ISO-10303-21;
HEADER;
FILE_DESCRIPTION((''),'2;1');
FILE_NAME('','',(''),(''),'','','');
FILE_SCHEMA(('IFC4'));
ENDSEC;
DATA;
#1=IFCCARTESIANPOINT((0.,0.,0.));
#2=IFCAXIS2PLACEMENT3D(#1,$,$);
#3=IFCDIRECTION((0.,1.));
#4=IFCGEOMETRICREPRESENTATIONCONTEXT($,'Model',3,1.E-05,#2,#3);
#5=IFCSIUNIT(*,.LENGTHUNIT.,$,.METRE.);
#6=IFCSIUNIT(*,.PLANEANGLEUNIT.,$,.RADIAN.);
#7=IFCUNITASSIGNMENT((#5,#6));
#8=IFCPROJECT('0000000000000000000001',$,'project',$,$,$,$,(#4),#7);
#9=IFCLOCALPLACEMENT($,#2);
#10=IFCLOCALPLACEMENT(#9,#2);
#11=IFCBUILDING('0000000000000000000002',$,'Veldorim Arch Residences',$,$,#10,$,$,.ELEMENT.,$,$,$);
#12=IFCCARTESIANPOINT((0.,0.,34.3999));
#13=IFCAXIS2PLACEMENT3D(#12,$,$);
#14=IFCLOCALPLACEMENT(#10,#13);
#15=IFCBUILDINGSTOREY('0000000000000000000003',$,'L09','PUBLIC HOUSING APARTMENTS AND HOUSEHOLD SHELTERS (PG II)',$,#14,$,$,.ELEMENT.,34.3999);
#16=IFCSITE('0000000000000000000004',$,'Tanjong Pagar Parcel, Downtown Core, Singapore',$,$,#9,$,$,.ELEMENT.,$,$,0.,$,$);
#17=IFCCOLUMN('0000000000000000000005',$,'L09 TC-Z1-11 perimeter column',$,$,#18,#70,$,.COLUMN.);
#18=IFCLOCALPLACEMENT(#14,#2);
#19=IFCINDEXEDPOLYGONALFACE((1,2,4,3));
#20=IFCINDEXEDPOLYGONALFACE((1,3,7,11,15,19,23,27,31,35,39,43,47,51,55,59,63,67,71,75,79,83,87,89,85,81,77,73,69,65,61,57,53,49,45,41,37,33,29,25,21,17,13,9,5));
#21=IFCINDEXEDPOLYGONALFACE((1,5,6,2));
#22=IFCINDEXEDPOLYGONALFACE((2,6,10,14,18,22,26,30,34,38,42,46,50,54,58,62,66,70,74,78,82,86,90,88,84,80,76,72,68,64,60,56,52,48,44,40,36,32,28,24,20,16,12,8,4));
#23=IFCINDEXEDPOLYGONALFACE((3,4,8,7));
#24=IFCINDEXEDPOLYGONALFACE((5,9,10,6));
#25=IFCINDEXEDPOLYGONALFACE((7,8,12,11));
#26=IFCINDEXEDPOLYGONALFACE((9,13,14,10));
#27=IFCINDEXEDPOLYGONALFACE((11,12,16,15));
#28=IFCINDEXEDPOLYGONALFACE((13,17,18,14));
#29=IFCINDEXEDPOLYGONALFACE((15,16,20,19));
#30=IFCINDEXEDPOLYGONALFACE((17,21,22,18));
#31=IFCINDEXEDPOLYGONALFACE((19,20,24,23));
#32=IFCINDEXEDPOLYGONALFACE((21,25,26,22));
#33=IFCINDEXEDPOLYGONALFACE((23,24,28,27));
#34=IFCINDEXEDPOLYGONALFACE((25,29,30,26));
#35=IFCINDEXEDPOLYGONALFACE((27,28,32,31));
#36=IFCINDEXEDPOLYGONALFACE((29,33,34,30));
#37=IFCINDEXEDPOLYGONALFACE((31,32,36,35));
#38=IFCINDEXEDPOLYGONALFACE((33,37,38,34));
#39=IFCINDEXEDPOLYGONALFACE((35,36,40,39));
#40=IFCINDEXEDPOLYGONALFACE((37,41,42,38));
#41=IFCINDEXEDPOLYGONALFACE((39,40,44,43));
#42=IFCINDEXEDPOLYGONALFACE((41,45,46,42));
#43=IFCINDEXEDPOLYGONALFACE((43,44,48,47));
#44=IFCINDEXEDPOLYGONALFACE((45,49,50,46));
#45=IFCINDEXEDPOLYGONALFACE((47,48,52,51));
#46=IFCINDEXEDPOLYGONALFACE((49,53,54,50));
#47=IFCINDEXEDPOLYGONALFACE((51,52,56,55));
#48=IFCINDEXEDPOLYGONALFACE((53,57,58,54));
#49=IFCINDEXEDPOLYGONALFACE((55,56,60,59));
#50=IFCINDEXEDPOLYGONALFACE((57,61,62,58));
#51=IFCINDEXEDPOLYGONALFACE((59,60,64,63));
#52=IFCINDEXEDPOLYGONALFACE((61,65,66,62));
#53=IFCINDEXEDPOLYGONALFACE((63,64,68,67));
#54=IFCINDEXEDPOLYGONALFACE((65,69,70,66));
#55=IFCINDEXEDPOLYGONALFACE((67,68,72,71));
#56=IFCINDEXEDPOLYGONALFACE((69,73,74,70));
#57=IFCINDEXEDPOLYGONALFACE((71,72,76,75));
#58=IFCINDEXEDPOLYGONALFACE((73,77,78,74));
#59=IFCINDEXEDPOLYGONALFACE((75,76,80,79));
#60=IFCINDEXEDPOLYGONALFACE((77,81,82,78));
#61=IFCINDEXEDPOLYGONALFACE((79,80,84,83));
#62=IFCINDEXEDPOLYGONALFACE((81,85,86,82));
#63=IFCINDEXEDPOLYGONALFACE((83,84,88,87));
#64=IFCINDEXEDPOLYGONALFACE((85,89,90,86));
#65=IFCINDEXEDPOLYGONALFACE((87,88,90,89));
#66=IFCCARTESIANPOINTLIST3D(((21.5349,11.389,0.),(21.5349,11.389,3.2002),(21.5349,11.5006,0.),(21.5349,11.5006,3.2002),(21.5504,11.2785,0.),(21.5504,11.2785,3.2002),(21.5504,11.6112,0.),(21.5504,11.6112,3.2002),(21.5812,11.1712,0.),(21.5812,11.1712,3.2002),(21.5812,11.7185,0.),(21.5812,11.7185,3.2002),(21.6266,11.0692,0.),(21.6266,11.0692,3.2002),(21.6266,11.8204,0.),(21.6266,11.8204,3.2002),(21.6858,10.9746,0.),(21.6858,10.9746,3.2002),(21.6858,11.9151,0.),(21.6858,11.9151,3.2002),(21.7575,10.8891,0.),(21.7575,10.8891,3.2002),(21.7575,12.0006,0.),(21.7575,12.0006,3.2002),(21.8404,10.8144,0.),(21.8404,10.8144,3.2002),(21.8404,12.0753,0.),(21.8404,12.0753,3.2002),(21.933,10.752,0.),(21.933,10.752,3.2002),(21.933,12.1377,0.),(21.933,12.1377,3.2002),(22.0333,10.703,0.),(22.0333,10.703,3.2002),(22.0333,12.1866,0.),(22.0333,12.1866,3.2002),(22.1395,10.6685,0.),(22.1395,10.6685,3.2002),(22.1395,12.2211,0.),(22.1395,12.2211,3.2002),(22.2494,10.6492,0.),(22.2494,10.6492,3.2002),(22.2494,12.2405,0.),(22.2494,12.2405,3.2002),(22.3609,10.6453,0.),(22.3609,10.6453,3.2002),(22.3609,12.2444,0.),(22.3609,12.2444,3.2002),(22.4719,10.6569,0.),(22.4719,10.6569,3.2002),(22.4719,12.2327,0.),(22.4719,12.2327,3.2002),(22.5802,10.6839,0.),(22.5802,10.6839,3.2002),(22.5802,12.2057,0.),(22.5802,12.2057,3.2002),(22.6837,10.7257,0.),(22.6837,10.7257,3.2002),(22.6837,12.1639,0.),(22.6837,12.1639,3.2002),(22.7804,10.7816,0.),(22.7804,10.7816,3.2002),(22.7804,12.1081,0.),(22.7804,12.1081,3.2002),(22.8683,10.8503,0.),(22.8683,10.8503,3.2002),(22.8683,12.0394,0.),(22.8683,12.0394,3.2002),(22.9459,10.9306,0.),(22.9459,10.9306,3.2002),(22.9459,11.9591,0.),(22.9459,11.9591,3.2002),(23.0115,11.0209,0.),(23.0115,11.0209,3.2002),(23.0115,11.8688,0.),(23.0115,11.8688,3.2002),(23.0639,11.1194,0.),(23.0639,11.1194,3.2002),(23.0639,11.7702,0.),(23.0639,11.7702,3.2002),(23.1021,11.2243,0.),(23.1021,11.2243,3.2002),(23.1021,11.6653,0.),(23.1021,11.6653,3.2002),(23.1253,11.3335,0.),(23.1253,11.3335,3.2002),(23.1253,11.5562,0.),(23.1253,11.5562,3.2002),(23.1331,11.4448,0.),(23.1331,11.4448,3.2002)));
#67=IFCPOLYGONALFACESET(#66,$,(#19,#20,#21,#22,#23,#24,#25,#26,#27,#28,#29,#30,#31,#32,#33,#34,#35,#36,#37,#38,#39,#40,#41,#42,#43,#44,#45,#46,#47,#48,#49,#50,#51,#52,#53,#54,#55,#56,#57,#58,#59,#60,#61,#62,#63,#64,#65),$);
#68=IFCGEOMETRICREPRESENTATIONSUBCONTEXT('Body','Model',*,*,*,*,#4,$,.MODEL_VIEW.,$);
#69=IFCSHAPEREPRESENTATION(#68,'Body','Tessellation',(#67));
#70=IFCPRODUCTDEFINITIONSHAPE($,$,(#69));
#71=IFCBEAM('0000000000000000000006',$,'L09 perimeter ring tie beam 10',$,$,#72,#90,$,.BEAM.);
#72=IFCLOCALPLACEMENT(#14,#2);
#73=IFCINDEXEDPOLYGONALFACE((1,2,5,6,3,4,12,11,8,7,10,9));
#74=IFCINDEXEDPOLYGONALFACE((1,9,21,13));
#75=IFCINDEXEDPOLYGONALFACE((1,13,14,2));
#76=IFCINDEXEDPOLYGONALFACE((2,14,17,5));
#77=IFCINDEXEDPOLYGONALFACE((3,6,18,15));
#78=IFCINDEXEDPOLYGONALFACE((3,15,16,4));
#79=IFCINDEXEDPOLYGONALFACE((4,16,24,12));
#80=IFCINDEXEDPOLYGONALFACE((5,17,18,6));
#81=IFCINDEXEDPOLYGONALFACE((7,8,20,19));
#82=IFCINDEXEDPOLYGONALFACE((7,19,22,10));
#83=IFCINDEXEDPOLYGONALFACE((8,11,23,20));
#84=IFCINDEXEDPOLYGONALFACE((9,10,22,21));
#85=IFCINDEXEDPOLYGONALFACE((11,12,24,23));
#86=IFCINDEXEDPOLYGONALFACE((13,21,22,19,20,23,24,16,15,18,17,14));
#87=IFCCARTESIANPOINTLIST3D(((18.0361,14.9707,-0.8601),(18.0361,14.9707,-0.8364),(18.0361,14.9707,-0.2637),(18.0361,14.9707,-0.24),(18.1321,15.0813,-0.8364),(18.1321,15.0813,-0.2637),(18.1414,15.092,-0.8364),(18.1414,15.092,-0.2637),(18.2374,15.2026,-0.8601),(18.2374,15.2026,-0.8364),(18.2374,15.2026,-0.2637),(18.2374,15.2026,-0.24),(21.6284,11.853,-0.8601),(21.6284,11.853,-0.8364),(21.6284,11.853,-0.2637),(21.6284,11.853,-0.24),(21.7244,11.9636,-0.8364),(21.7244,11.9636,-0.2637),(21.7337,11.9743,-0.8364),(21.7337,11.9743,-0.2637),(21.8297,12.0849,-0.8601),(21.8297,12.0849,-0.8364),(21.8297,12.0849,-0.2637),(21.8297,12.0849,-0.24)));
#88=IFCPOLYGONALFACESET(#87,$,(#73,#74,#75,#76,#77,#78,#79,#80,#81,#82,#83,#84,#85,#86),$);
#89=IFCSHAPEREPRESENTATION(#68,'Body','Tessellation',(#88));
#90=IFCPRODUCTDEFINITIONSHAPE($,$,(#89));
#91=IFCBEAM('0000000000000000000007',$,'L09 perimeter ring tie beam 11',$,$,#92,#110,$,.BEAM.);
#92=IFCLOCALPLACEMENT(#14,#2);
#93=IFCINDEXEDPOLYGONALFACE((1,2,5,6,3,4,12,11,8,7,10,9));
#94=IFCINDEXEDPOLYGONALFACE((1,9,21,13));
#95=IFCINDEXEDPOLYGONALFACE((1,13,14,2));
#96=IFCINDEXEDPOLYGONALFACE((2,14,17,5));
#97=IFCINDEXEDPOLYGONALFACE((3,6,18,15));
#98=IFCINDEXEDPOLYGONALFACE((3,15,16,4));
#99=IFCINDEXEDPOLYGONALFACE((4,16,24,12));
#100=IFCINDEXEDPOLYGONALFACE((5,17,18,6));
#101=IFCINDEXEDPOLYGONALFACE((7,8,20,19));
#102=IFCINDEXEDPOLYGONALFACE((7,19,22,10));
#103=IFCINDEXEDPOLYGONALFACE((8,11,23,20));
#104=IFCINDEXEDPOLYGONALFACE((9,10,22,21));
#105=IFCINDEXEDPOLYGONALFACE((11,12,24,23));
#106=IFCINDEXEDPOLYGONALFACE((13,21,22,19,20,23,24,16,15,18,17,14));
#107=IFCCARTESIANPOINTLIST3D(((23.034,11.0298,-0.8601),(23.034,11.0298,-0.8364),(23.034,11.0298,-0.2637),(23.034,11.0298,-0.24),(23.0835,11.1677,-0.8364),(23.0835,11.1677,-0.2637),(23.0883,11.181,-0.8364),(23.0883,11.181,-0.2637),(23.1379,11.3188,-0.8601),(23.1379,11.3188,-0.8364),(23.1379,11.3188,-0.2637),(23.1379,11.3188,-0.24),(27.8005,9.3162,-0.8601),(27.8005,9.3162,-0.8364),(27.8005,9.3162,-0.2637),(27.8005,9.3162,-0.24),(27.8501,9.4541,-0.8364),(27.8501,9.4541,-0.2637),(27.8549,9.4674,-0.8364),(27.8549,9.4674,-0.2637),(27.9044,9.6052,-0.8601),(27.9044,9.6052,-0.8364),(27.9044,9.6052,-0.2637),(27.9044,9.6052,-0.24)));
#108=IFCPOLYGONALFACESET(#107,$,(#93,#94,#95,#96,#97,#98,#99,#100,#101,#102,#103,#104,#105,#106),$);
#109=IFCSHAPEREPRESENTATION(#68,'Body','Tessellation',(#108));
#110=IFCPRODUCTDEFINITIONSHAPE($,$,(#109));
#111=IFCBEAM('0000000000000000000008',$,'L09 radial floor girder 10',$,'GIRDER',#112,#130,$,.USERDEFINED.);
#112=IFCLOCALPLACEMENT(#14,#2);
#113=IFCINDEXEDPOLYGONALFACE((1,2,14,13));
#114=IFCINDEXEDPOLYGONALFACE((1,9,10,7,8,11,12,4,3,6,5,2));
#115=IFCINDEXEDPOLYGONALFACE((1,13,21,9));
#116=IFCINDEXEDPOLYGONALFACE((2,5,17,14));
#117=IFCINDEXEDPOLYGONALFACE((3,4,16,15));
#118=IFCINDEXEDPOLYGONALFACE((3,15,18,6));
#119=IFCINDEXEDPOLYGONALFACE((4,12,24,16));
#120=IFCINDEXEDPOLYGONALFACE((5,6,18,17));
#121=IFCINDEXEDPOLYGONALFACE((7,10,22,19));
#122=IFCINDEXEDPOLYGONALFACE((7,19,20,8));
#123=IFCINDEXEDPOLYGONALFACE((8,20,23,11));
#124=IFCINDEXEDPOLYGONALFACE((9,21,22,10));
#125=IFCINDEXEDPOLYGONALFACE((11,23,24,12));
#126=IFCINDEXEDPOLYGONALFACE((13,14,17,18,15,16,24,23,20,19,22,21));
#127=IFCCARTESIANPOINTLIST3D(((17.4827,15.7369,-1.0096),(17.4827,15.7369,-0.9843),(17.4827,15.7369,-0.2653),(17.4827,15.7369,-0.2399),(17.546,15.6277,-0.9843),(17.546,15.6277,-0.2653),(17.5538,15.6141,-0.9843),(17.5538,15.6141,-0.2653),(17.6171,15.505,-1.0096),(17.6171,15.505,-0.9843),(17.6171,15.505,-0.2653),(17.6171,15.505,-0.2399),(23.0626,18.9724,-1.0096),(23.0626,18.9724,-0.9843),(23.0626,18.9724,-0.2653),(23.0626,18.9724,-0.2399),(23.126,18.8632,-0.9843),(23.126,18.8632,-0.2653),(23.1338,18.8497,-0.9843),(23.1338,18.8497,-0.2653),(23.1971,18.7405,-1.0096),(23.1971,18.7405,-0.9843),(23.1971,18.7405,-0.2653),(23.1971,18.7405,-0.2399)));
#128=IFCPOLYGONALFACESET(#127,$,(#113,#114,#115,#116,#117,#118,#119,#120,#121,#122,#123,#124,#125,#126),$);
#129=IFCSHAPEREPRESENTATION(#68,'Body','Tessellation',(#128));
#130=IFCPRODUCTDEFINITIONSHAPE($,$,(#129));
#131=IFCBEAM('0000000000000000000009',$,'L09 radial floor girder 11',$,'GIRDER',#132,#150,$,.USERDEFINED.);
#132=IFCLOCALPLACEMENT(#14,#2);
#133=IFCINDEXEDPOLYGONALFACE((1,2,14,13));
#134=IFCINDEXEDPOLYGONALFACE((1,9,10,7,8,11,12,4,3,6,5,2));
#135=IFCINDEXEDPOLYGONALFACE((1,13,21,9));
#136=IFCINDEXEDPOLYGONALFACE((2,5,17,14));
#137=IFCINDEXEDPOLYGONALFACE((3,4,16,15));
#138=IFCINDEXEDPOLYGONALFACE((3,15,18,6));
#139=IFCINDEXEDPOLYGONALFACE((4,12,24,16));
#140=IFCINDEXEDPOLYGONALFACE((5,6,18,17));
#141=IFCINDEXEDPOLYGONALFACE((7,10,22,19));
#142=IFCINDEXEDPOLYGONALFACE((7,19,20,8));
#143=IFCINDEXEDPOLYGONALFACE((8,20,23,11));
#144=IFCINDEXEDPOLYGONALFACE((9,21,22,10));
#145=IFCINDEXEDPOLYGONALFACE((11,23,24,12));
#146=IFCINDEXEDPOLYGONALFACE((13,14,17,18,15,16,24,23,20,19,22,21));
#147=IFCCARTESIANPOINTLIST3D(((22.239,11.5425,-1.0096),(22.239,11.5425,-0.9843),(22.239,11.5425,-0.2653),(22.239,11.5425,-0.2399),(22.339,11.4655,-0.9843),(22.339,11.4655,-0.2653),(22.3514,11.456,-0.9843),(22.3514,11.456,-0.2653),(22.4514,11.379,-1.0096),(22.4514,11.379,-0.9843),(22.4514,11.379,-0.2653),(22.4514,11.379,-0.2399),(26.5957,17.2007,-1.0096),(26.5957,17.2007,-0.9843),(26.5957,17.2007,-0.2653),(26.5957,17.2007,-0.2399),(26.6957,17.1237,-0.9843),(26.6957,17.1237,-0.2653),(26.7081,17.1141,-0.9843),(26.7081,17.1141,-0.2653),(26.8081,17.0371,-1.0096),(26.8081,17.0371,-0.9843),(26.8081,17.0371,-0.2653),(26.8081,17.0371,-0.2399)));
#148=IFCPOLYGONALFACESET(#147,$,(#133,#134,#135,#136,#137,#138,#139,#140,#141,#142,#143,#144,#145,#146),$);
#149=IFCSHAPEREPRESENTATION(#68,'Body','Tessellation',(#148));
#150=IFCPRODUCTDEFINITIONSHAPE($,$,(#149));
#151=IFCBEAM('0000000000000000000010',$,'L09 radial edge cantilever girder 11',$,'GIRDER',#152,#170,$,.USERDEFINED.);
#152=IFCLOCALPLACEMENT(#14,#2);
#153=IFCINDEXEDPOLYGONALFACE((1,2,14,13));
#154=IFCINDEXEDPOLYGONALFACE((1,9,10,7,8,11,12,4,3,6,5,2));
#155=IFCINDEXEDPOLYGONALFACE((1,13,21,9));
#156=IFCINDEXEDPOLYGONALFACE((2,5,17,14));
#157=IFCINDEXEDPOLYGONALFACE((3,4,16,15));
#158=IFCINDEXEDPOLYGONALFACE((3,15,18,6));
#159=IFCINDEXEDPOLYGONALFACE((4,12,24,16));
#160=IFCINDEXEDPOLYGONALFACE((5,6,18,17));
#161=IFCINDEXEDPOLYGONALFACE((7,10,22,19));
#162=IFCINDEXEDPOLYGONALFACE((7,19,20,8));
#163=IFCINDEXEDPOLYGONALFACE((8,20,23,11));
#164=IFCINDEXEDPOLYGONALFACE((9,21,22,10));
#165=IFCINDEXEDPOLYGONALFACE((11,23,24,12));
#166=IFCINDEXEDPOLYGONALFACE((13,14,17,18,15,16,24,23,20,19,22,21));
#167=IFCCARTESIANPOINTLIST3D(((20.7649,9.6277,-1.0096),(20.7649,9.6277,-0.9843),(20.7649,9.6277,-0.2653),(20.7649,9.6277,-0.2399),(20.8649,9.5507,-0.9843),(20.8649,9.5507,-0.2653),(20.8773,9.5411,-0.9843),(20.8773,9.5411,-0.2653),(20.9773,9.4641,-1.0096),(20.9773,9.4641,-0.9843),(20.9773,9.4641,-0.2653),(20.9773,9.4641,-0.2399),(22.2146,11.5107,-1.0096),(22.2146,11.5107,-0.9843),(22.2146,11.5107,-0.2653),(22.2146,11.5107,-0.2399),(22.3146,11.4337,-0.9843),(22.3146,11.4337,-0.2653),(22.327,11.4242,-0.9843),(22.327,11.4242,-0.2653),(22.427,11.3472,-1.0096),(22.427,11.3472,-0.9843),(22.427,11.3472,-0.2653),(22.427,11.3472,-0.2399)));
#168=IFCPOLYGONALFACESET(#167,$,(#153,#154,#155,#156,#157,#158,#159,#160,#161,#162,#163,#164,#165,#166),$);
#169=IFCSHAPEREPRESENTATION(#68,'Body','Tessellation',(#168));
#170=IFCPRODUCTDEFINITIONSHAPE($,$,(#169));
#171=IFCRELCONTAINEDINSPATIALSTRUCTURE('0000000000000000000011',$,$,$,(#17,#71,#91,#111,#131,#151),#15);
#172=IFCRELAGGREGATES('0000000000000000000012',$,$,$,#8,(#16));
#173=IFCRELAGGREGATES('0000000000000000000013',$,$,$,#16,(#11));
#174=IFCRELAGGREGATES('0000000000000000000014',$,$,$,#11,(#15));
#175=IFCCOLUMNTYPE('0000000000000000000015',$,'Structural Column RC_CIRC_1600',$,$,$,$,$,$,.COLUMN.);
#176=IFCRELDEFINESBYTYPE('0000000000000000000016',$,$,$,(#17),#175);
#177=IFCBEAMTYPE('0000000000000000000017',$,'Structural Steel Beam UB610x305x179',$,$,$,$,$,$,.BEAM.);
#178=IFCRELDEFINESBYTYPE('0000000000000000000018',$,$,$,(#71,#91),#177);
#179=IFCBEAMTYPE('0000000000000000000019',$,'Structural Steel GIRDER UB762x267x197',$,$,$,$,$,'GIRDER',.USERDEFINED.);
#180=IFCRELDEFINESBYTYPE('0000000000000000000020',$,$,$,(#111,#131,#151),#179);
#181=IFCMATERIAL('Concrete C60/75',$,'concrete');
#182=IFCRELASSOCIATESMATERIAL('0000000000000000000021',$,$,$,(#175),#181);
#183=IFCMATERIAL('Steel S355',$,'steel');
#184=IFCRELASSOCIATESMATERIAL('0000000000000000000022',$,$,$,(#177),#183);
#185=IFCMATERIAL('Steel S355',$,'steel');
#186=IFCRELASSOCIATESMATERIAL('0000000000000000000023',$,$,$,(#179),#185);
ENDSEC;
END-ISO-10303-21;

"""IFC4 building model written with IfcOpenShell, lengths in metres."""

from ifc_helpers import new_model, si_unit, direction, frame, origin, origin_2d, place, context, subcontext, project, spatial, circle, i_section, extrude, material, material_profile, profile_set, type_object, element, save


model = new_model("IFC4")

# Units and contexts
model_context = context("Model", 3, precision=1e-05, world=origin(), true_north=direction((0.0, 1.0)))
body_context = subcontext(model_context, "Body", "Model", "MODEL_VIEW")
ifc_project = project(units=[si_unit("LENGTHUNIT", "METRE"), si_unit("PLANEANGLEUNIT", "RADIAN")], contexts=[model_context])

# Site, building, storey
site_placement = place(None, origin())
site = spatial("IfcSite", under=ifc_project, at=site_placement, Name="Tanjong Pagar Parcel, Downtown Core, Singapore", CompositionType="ELEMENT", RefElevation=0.0)
building_placement = place(site_placement, origin())
building = spatial("IfcBuilding", under=site, at=building_placement, Name="Veldorim Arch Residences", CompositionType="ELEMENT")
storey_placement = place(building_placement, frame((0.0, 0.0, 34.3999)))
storey = spatial("IfcBuildingStorey", under=building, at=storey_placement, Name="L09", Description="PUBLIC HOUSING APARTMENTS AND HOUSEHOLD SHELTERS (PG II)", CompositionType="ELEMENT", Elevation=34.3999)

# Column
ifc_material_1 = material(Name="Concrete C60/75", Category="concrete")
ifc_material_profile_1 = material_profile(ifc_material_1, circle(Radius=0.8, at=origin_2d()), Name="RC_CIRC_1600")
ifc_profile_set_1 = profile_set([ifc_material_profile_1], Name="Concrete C60/75")
column_type = type_object("IfcColumnType", Name="Structural Column RC_CIRC_1600", PredefinedType="COLUMN", material=ifc_profile_set_1)
column_placement = place(storey_placement, frame((22.333, 11.4448, 0.0), z_axis=(0.0, 0.0, 1.0), x_axis=(1.0, 0.0, 0.0)))
element("IfcColumn", 1, at=column_placement, inside=storey, type_object=column_type, Name="L09 TC-Z1-11 perimeter column", PredefinedType="COLUMN", context=body_context, shape_type="SweptSolid", body=[
    extrude(circle(Radius=0.8, at=origin_2d()), origin(), (0.0, 0.0, 1.0), 3.2002),
])

# Beams
ifc_material_2 = material(Name="Steel S355", Category="steel")
ifc_material_profile_2 = material_profile(ifc_material_2, i_section(OverallWidth=0.3071, OverallDepth=0.6201, WebThickness=0.0142, FlangeThickness=0.0237, at=origin_2d()), Name="UB610x305x179")
ifc_profile_set_2 = profile_set([ifc_material_profile_2], Name="Steel S355")
beam_type_1 = type_object("IfcBeamType", Name="Structural Steel Beam UB610x305x179", PredefinedType="BEAM", material=ifc_profile_set_2)
beam_1_placement = place(storey_placement, frame((18.1367, 15.0867, -0.55), z_axis=(0.755235, -0.655454, 0.0), x_axis=(0.655454, 0.755235, 0.0)))
element("IfcBeam", 2, at=beam_1_placement, inside=storey, type_object=beam_type_1, Name="L09 perimeter ring tie beam 10", PredefinedType="BEAM", context=body_context, shape_type="SweptSolid", body=[
    extrude(i_section(OverallWidth=0.3071, OverallDepth=0.6201, WebThickness=0.0142, FlangeThickness=0.0237, at=origin_2d()), origin(), (0.0, 0.0, 1.0), 4.7566),
])
beam_2_placement = place(storey_placement, frame((23.0859, 11.1743, -0.55), z_axis=(0.941035, -0.338308, 0.0), x_axis=(0.338308, 0.941035, 0.0)))
element("IfcBeam", 3, at=beam_2_placement, inside=storey, type_object=beam_type_1, Name="L09 perimeter ring tie beam 11", PredefinedType="BEAM", context=body_context, shape_type="SweptSolid", body=[
    extrude(i_section(OverallWidth=0.3071, OverallDepth=0.6201, WebThickness=0.0142, FlangeThickness=0.0237, at=origin_2d()), origin(), (0.0, 0.0, 1.0), 5.0652),
])
ifc_material_3 = material(Name="Steel S355", Category="steel")
ifc_material_profile_3 = material_profile(ifc_material_3, i_section(OverallWidth=0.2681, OverallDepth=0.7698, WebThickness=0.0156, FlangeThickness=0.0254, at=origin_2d()), Name="UB762x267x197")
ifc_profile_set_3 = profile_set([ifc_material_profile_3], Name="Steel S355")
beam_type_2 = type_object("IfcBeamType", Name="Structural Steel GIRDER UB762x267x197", ElementType="GIRDER", PredefinedType="USERDEFINED", material=ifc_profile_set_3)
beam_3_placement = place(storey_placement, frame((23.1299, 18.8564, -0.6248), z_axis=(-0.865088, -0.50162, 0.0), x_axis=(0.50162, -0.865088, 0.0)))
element("IfcBeam", 4, at=beam_3_placement, inside=storey, type_object=beam_type_2, Name="L09 radial floor girder 10", ObjectType="GIRDER", PredefinedType="USERDEFINED", context=body_context, shape_type="SweptSolid", body=[
    extrude(i_section(OverallWidth=0.2681, OverallDepth=0.7698, WebThickness=0.0156, FlangeThickness=0.0254, at=origin_2d()), origin(), (0.0, 0.0, 1.0), 6.4502),
])
beam_4_placement = place(storey_placement, frame((26.7019, 17.1189, -0.6248), z_axis=(-0.610082, -0.792338, 0.0), x_axis=(0.792338, -0.610082, 0.0)))
element("IfcBeam", 5, at=beam_4_placement, inside=storey, type_object=beam_type_2, Name="L09 radial floor girder 11", ObjectType="GIRDER", PredefinedType="USERDEFINED", context=body_context, shape_type="SweptSolid", body=[
    extrude(i_section(OverallWidth=0.2681, OverallDepth=0.7698, WebThickness=0.0156, FlangeThickness=0.0254, at=origin_2d()), origin(), (0.0, 0.0, 1.0), 7.1411),
])
beam_5_placement = place(storey_placement, frame((22.3208, 11.429, -0.6248), z_axis=(-0.610028, -0.79238, 0.0), x_axis=(0.79238, -0.610028, 0.0)))
element("IfcBeam", 6, at=beam_5_placement, inside=storey, type_object=beam_type_2, Name="L09 radial edge cantilever girder 11", ObjectType="GIRDER", PredefinedType="USERDEFINED", context=body_context, shape_type="SweptSolid", body=[
    extrude(i_section(OverallWidth=0.2681, OverallDepth=0.7698, WebThickness=0.0156, FlangeThickness=0.0254, at=origin_2d()), origin(), (0.0, 0.0, 1.0), 2.3765),
])

save(model, "model.ifc")
